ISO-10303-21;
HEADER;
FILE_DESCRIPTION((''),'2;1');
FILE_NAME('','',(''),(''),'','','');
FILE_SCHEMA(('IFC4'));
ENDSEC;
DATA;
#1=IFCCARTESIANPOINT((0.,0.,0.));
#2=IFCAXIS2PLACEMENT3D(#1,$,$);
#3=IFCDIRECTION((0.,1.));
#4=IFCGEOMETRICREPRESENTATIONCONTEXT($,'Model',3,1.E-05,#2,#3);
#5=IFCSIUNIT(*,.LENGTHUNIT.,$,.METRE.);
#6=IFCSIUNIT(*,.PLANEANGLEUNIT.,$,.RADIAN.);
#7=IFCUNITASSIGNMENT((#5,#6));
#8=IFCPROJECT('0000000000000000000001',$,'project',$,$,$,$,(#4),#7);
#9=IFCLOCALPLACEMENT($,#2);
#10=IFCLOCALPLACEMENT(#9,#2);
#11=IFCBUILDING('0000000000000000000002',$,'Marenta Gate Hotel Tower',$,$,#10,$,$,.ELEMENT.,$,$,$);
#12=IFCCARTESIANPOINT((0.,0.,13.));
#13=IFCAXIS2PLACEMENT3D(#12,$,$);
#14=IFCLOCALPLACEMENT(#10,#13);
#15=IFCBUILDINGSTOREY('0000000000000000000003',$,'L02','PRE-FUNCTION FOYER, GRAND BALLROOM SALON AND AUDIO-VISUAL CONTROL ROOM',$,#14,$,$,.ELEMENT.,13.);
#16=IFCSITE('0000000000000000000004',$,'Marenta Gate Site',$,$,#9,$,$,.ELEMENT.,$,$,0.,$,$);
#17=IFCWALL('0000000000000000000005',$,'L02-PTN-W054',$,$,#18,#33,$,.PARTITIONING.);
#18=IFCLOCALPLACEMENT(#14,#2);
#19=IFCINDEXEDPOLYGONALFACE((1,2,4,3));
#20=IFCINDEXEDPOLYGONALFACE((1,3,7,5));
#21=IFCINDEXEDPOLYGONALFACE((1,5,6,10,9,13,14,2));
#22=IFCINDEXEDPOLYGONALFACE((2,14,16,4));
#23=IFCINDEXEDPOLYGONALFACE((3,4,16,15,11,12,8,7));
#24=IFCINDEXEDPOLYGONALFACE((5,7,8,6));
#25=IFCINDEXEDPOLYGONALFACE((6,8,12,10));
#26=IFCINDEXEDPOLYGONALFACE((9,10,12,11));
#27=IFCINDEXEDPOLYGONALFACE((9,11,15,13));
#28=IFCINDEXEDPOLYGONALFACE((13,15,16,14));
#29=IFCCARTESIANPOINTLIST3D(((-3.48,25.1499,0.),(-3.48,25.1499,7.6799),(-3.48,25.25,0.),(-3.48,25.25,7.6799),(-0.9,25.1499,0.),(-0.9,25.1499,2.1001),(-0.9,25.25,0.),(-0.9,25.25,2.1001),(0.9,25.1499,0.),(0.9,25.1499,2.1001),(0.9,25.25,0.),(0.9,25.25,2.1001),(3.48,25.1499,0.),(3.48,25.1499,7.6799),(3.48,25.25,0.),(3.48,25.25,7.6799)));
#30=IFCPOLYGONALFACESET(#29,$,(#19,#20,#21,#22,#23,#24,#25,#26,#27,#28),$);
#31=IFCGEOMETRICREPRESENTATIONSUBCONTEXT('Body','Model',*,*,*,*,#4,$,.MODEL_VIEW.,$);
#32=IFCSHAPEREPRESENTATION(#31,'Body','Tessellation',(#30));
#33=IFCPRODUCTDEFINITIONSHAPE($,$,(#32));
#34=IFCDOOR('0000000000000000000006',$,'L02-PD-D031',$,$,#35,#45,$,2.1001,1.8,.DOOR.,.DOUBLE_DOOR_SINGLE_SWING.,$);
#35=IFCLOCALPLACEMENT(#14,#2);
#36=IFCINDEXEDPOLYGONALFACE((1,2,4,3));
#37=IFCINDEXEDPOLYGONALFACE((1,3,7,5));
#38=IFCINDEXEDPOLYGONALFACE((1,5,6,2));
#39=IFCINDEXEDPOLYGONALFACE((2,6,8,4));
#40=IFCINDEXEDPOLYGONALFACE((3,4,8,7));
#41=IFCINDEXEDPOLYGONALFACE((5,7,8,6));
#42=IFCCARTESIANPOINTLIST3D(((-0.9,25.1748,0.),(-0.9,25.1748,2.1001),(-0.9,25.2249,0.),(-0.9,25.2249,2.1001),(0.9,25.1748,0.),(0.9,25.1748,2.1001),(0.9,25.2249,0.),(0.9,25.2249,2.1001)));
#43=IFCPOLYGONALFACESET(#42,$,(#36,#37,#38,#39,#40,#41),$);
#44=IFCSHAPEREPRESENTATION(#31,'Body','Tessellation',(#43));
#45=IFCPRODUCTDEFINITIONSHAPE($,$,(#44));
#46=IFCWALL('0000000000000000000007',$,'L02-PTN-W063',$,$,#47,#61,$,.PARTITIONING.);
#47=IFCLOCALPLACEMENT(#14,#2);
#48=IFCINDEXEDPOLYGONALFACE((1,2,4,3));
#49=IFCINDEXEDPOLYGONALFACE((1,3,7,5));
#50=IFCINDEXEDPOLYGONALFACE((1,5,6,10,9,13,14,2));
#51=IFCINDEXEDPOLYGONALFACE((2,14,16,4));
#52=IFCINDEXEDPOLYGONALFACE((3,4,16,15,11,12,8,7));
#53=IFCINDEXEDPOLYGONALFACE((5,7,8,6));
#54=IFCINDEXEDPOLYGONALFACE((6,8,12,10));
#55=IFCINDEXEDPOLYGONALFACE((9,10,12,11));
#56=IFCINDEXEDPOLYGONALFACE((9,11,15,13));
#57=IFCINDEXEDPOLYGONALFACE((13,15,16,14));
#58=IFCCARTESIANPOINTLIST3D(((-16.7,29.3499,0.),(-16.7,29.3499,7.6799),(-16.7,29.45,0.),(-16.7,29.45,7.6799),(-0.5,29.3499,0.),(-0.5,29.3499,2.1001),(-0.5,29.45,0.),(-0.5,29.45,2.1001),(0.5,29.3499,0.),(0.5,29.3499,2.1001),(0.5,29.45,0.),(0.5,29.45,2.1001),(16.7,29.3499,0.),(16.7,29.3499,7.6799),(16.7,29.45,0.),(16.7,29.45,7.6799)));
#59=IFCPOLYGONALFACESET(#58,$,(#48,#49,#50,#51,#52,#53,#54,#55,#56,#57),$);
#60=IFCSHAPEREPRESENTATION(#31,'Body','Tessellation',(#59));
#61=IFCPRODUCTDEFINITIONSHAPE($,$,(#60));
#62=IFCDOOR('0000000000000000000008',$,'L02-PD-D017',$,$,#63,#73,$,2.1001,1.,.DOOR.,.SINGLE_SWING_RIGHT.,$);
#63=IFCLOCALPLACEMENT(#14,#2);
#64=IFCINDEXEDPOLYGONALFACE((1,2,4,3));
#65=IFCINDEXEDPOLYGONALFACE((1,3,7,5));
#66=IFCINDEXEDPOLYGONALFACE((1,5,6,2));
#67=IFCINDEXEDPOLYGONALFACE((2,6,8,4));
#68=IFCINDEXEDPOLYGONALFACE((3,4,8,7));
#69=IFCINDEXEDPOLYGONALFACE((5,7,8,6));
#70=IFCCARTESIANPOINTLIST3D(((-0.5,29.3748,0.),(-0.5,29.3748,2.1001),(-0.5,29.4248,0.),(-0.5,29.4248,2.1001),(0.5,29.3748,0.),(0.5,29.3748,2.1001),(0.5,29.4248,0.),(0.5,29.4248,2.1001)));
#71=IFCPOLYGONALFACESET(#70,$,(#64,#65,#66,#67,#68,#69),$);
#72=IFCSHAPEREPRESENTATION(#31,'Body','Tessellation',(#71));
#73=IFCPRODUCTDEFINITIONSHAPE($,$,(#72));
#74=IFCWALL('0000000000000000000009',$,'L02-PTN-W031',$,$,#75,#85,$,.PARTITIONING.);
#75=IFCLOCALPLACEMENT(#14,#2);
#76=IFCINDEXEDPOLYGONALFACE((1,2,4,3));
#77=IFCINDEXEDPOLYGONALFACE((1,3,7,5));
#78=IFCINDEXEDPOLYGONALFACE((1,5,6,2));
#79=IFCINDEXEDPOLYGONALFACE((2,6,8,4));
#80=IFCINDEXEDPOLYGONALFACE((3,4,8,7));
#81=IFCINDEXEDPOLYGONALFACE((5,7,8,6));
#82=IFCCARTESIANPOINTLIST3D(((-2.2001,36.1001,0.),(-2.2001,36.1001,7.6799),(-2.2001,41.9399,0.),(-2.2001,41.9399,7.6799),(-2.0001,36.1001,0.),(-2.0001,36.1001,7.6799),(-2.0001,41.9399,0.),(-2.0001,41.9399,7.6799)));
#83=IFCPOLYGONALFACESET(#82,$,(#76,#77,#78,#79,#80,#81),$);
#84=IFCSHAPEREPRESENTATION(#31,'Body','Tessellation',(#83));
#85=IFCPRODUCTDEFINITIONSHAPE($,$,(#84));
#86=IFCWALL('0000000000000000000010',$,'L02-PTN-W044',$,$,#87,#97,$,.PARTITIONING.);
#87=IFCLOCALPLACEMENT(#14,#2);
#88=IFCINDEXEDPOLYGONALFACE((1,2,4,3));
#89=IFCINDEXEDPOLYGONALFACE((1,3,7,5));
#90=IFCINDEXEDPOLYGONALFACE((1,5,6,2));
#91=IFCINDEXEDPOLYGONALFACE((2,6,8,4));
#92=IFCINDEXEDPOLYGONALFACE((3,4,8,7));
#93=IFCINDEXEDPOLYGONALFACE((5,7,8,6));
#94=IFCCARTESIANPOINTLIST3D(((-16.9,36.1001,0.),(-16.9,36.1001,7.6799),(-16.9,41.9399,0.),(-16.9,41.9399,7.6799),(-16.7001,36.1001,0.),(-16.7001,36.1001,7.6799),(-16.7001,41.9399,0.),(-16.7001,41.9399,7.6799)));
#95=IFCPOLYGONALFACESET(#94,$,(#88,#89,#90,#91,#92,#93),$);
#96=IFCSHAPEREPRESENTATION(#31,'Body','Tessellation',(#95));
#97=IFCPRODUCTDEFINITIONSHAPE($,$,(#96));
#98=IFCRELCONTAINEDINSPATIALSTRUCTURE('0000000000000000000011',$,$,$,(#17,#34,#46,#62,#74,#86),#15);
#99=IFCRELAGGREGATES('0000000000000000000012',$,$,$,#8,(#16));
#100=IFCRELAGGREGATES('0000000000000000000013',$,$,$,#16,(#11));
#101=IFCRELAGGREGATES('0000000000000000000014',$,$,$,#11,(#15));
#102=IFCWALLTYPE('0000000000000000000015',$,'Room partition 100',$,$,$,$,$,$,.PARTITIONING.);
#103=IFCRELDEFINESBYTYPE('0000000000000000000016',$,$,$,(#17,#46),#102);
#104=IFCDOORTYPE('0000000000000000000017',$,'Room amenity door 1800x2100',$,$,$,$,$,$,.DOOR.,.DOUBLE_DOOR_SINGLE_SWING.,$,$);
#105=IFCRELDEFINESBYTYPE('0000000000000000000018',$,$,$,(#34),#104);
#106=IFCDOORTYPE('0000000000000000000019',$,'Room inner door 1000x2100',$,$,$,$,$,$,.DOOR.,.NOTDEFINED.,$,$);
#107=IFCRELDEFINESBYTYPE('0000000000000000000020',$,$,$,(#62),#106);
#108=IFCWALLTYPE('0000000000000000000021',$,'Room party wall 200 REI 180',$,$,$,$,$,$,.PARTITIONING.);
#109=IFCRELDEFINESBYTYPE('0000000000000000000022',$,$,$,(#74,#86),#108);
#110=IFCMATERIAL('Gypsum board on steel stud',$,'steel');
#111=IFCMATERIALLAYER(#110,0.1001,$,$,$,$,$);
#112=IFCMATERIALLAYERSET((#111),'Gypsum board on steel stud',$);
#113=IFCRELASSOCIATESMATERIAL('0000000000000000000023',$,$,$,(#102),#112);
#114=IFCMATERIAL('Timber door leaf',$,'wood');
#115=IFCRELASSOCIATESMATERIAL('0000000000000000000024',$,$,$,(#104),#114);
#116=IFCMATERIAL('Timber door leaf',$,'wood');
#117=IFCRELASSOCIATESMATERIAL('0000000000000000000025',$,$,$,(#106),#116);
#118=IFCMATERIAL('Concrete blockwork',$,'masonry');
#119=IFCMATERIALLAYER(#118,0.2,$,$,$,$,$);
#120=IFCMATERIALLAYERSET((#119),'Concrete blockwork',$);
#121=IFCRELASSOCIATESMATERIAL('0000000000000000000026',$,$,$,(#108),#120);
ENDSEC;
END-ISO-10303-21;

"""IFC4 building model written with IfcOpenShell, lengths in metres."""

from ifc_helpers import new_model, si_unit, direction, frame, frame_2d, origin, place, context, subcontext, project, spatial, rectangle, extrude, material, layer, layer_set, type_object, element, fill, save


model = new_model("IFC4")

# Units and contexts
model_context = context("Model", 3, precision=1e-05, world=origin(), true_north=direction((0.0, 1.0)))
body_context = subcontext(model_context, "Body", "Model", "MODEL_VIEW")
ifc_project = project(units=[si_unit("LENGTHUNIT", "METRE"), si_unit("PLANEANGLEUNIT", "RADIAN")], contexts=[model_context])

# Site, building, storey
site_placement = place(None, origin())
site = spatial("IfcSite", under=ifc_project, at=site_placement, Name="Marenta Gate Site", CompositionType="ELEMENT", RefElevation=0.0)
building_placement = place(site_placement, origin())
building = spatial("IfcBuilding", under=site, at=building_placement, Name="Marenta Gate Hotel Tower", CompositionType="ELEMENT")
storey_placement = place(building_placement, frame((0.0, 0.0, 13.0)))
storey = spatial("IfcBuildingStorey", under=building, at=storey_placement, Name="L02", Description="PRE-FUNCTION FOYER, GRAND BALLROOM SALON AND AUDIO-VISUAL CONTROL ROOM", CompositionType="ELEMENT", Elevation=13.0)

# Shared definitions
ifc_material_1 = material(Name="Gypsum board on steel stud", Category="steel")
ifc_layer_1 = layer(ifc_material_1, 0.1001)
ifc_layer_set_1 = layer_set([ifc_layer_1], Name="Gypsum board on steel stud")
wall_type_1 = type_object("IfcWallType", Name="Room partition 100", PredefinedType="PARTITIONING", material=ifc_layer_set_1)

# Walls, openings, doors
wall_1_placement = place(storey_placement, frame((-3.48, 25.2, 0.0), z_axis=(0.0, 0.0, 1.0), x_axis=(1.0, 0.0, 0.0)))
wall_1 = element("IfcWall", 1, at=wall_1_placement, inside=storey, type_object=wall_type_1, Name="L02-PTN-W054", PredefinedType="PARTITIONING", context=body_context, shape_type="SweptSolid", body=[
    extrude(rectangle(XDim=6.96, YDim=0.1001, at=frame_2d((3.48, 0.0))), origin(), (0.0, 0.0, 1.0), 7.6799),
])
opening_1_placement = place(wall_1_placement, frame((2.5801, 0.0, 0.0)))
opening_1 = element("IfcOpeningElement", 2, at=opening_1_placement, cuts=wall_1, PredefinedType="OPENING", context=body_context, shape_type="SweptSolid", body=[
    extrude(rectangle(XDim=1.8, YDim=2.1001, at=frame_2d((0.8999, 1.05))), frame((0.0, 0.05, 0.0), z_axis=(0.0, -1.0, 0.0), x_axis=(1.0, 0.0, 0.0)), (0.0, 0.0, 1.0), 0.1001),
])
ifc_material_2 = material(Name="Timber door leaf", Category="wood")
door_type_1 = type_object("IfcDoorType", Name="Room amenity door 1800x2100", OperationType="DOUBLE_DOOR_SINGLE_SWING", PredefinedType="DOOR", material=ifc_material_2)
door_1_placement = place(opening_1_placement, origin())
door_1 = element("IfcDoor", 3, at=door_1_placement, inside=storey, type_object=door_type_1, Name="L02-PD-D031", OperationType="DOUBLE_DOOR_SINGLE_SWING", OverallHeight=2.1001, OverallWidth=1.8, PredefinedType="DOOR", context=body_context, shape_type="SweptSolid", body=[
    extrude(rectangle(XDim=1.8, YDim=2.1001, at=frame_2d((0.8999, 1.05))), frame((0.0, 0.0249, 0.0), z_axis=(0.0, -1.0, 0.0), x_axis=(1.0, 0.0, 0.0)), (0.0, 0.0, 1.0), 0.05),
])
fill(opening_1, door_1)
wall_2_placement = place(storey_placement, frame((-16.7, 29.3999, 0.0), z_axis=(0.0, 0.0, 1.0), x_axis=(1.0, 0.0, 0.0)))
wall_2 = element("IfcWall", 4, at=wall_2_placement, inside=storey, type_object=wall_type_1, Name="L02-PTN-W063", PredefinedType="PARTITIONING", context=body_context, shape_type="SweptSolid", body=[
    extrude(rectangle(XDim=33.3999, YDim=0.1001, at=frame_2d((16.7, 0.0))), origin(), (0.0, 0.0, 1.0), 7.6799),
])
opening_2_placement = place(wall_2_placement, frame((16.2, 0.0, 0.0)))
opening_2 = element("IfcOpeningElement", 5, at=opening_2_placement, cuts=wall_2, PredefinedType="OPENING", context=body_context, shape_type="SweptSolid", body=[
    extrude(rectangle(XDim=1.0, YDim=2.1001, at=frame_2d((0.5, 1.05))), frame((0.0, 0.05, 0.0), z_axis=(0.0, -1.0, 0.0), x_axis=(1.0, 0.0, 0.0)), (0.0, 0.0, 1.0), 0.1001),
])
ifc_material_3 = material(Name="Timber door leaf", Category="wood")
door_type_2 = type_object("IfcDoorType", Name="Room inner door 1000x2100", OperationType="NOTDEFINED", PredefinedType="DOOR", material=ifc_material_3)
door_2_placement = place(opening_2_placement, origin())
door_2 = element("IfcDoor", 6, at=door_2_placement, inside=storey, type_object=door_type_2, Name="L02-PD-D017", OperationType="SINGLE_SWING_RIGHT", OverallHeight=2.1001, OverallWidth=1.0, PredefinedType="DOOR", context=body_context, shape_type="SweptSolid", body=[
    extrude(rectangle(XDim=1.0, YDim=2.1001, at=frame_2d((0.5, 1.05))), frame((0.0, 0.0249, 0.0), z_axis=(0.0, -1.0, 0.0), x_axis=(1.0, 0.0, 0.0)), (0.0, 0.0, 1.0), 0.05),
])
fill(opening_2, door_2)

# Walls
ifc_material_4 = material(Name="Concrete blockwork", Category="masonry")
ifc_layer_2 = layer(ifc_material_4, 0.2)
ifc_layer_set_2 = layer_set([ifc_layer_2], Name="Concrete blockwork")
wall_type_2 = type_object("IfcWallType", Name="Room party wall 200 REI 180", PredefinedType="PARTITIONING", material=ifc_layer_set_2)
for number, where, z_axis, x_axis, name in (
    (7, (-2.1001, 36.1001, 0.0), (0.0, 0.0, 1.0), (0.0, 1.0, 0.0), "L02-PTN-W031"),
    (8, (-16.8, 36.1001, 0.0), (0.0, 0.0, 1.0), (0.0, 1.0, 0.0), "L02-PTN-W044"),
):
    element("IfcWall", number, at=place(storey_placement, frame(where, z_axis=z_axis, x_axis=x_axis)), inside=storey, type_object=wall_type_2, Name=name, PredefinedType="PARTITIONING", context=body_context, shape_type="SweptSolid", body=[
        extrude(rectangle(XDim=5.8398, YDim=0.2, at=frame_2d((2.9199, 0.0))), origin(), (0.0, 0.0, 1.0), 7.6799),
    ])

save(model, "model.ifc")
